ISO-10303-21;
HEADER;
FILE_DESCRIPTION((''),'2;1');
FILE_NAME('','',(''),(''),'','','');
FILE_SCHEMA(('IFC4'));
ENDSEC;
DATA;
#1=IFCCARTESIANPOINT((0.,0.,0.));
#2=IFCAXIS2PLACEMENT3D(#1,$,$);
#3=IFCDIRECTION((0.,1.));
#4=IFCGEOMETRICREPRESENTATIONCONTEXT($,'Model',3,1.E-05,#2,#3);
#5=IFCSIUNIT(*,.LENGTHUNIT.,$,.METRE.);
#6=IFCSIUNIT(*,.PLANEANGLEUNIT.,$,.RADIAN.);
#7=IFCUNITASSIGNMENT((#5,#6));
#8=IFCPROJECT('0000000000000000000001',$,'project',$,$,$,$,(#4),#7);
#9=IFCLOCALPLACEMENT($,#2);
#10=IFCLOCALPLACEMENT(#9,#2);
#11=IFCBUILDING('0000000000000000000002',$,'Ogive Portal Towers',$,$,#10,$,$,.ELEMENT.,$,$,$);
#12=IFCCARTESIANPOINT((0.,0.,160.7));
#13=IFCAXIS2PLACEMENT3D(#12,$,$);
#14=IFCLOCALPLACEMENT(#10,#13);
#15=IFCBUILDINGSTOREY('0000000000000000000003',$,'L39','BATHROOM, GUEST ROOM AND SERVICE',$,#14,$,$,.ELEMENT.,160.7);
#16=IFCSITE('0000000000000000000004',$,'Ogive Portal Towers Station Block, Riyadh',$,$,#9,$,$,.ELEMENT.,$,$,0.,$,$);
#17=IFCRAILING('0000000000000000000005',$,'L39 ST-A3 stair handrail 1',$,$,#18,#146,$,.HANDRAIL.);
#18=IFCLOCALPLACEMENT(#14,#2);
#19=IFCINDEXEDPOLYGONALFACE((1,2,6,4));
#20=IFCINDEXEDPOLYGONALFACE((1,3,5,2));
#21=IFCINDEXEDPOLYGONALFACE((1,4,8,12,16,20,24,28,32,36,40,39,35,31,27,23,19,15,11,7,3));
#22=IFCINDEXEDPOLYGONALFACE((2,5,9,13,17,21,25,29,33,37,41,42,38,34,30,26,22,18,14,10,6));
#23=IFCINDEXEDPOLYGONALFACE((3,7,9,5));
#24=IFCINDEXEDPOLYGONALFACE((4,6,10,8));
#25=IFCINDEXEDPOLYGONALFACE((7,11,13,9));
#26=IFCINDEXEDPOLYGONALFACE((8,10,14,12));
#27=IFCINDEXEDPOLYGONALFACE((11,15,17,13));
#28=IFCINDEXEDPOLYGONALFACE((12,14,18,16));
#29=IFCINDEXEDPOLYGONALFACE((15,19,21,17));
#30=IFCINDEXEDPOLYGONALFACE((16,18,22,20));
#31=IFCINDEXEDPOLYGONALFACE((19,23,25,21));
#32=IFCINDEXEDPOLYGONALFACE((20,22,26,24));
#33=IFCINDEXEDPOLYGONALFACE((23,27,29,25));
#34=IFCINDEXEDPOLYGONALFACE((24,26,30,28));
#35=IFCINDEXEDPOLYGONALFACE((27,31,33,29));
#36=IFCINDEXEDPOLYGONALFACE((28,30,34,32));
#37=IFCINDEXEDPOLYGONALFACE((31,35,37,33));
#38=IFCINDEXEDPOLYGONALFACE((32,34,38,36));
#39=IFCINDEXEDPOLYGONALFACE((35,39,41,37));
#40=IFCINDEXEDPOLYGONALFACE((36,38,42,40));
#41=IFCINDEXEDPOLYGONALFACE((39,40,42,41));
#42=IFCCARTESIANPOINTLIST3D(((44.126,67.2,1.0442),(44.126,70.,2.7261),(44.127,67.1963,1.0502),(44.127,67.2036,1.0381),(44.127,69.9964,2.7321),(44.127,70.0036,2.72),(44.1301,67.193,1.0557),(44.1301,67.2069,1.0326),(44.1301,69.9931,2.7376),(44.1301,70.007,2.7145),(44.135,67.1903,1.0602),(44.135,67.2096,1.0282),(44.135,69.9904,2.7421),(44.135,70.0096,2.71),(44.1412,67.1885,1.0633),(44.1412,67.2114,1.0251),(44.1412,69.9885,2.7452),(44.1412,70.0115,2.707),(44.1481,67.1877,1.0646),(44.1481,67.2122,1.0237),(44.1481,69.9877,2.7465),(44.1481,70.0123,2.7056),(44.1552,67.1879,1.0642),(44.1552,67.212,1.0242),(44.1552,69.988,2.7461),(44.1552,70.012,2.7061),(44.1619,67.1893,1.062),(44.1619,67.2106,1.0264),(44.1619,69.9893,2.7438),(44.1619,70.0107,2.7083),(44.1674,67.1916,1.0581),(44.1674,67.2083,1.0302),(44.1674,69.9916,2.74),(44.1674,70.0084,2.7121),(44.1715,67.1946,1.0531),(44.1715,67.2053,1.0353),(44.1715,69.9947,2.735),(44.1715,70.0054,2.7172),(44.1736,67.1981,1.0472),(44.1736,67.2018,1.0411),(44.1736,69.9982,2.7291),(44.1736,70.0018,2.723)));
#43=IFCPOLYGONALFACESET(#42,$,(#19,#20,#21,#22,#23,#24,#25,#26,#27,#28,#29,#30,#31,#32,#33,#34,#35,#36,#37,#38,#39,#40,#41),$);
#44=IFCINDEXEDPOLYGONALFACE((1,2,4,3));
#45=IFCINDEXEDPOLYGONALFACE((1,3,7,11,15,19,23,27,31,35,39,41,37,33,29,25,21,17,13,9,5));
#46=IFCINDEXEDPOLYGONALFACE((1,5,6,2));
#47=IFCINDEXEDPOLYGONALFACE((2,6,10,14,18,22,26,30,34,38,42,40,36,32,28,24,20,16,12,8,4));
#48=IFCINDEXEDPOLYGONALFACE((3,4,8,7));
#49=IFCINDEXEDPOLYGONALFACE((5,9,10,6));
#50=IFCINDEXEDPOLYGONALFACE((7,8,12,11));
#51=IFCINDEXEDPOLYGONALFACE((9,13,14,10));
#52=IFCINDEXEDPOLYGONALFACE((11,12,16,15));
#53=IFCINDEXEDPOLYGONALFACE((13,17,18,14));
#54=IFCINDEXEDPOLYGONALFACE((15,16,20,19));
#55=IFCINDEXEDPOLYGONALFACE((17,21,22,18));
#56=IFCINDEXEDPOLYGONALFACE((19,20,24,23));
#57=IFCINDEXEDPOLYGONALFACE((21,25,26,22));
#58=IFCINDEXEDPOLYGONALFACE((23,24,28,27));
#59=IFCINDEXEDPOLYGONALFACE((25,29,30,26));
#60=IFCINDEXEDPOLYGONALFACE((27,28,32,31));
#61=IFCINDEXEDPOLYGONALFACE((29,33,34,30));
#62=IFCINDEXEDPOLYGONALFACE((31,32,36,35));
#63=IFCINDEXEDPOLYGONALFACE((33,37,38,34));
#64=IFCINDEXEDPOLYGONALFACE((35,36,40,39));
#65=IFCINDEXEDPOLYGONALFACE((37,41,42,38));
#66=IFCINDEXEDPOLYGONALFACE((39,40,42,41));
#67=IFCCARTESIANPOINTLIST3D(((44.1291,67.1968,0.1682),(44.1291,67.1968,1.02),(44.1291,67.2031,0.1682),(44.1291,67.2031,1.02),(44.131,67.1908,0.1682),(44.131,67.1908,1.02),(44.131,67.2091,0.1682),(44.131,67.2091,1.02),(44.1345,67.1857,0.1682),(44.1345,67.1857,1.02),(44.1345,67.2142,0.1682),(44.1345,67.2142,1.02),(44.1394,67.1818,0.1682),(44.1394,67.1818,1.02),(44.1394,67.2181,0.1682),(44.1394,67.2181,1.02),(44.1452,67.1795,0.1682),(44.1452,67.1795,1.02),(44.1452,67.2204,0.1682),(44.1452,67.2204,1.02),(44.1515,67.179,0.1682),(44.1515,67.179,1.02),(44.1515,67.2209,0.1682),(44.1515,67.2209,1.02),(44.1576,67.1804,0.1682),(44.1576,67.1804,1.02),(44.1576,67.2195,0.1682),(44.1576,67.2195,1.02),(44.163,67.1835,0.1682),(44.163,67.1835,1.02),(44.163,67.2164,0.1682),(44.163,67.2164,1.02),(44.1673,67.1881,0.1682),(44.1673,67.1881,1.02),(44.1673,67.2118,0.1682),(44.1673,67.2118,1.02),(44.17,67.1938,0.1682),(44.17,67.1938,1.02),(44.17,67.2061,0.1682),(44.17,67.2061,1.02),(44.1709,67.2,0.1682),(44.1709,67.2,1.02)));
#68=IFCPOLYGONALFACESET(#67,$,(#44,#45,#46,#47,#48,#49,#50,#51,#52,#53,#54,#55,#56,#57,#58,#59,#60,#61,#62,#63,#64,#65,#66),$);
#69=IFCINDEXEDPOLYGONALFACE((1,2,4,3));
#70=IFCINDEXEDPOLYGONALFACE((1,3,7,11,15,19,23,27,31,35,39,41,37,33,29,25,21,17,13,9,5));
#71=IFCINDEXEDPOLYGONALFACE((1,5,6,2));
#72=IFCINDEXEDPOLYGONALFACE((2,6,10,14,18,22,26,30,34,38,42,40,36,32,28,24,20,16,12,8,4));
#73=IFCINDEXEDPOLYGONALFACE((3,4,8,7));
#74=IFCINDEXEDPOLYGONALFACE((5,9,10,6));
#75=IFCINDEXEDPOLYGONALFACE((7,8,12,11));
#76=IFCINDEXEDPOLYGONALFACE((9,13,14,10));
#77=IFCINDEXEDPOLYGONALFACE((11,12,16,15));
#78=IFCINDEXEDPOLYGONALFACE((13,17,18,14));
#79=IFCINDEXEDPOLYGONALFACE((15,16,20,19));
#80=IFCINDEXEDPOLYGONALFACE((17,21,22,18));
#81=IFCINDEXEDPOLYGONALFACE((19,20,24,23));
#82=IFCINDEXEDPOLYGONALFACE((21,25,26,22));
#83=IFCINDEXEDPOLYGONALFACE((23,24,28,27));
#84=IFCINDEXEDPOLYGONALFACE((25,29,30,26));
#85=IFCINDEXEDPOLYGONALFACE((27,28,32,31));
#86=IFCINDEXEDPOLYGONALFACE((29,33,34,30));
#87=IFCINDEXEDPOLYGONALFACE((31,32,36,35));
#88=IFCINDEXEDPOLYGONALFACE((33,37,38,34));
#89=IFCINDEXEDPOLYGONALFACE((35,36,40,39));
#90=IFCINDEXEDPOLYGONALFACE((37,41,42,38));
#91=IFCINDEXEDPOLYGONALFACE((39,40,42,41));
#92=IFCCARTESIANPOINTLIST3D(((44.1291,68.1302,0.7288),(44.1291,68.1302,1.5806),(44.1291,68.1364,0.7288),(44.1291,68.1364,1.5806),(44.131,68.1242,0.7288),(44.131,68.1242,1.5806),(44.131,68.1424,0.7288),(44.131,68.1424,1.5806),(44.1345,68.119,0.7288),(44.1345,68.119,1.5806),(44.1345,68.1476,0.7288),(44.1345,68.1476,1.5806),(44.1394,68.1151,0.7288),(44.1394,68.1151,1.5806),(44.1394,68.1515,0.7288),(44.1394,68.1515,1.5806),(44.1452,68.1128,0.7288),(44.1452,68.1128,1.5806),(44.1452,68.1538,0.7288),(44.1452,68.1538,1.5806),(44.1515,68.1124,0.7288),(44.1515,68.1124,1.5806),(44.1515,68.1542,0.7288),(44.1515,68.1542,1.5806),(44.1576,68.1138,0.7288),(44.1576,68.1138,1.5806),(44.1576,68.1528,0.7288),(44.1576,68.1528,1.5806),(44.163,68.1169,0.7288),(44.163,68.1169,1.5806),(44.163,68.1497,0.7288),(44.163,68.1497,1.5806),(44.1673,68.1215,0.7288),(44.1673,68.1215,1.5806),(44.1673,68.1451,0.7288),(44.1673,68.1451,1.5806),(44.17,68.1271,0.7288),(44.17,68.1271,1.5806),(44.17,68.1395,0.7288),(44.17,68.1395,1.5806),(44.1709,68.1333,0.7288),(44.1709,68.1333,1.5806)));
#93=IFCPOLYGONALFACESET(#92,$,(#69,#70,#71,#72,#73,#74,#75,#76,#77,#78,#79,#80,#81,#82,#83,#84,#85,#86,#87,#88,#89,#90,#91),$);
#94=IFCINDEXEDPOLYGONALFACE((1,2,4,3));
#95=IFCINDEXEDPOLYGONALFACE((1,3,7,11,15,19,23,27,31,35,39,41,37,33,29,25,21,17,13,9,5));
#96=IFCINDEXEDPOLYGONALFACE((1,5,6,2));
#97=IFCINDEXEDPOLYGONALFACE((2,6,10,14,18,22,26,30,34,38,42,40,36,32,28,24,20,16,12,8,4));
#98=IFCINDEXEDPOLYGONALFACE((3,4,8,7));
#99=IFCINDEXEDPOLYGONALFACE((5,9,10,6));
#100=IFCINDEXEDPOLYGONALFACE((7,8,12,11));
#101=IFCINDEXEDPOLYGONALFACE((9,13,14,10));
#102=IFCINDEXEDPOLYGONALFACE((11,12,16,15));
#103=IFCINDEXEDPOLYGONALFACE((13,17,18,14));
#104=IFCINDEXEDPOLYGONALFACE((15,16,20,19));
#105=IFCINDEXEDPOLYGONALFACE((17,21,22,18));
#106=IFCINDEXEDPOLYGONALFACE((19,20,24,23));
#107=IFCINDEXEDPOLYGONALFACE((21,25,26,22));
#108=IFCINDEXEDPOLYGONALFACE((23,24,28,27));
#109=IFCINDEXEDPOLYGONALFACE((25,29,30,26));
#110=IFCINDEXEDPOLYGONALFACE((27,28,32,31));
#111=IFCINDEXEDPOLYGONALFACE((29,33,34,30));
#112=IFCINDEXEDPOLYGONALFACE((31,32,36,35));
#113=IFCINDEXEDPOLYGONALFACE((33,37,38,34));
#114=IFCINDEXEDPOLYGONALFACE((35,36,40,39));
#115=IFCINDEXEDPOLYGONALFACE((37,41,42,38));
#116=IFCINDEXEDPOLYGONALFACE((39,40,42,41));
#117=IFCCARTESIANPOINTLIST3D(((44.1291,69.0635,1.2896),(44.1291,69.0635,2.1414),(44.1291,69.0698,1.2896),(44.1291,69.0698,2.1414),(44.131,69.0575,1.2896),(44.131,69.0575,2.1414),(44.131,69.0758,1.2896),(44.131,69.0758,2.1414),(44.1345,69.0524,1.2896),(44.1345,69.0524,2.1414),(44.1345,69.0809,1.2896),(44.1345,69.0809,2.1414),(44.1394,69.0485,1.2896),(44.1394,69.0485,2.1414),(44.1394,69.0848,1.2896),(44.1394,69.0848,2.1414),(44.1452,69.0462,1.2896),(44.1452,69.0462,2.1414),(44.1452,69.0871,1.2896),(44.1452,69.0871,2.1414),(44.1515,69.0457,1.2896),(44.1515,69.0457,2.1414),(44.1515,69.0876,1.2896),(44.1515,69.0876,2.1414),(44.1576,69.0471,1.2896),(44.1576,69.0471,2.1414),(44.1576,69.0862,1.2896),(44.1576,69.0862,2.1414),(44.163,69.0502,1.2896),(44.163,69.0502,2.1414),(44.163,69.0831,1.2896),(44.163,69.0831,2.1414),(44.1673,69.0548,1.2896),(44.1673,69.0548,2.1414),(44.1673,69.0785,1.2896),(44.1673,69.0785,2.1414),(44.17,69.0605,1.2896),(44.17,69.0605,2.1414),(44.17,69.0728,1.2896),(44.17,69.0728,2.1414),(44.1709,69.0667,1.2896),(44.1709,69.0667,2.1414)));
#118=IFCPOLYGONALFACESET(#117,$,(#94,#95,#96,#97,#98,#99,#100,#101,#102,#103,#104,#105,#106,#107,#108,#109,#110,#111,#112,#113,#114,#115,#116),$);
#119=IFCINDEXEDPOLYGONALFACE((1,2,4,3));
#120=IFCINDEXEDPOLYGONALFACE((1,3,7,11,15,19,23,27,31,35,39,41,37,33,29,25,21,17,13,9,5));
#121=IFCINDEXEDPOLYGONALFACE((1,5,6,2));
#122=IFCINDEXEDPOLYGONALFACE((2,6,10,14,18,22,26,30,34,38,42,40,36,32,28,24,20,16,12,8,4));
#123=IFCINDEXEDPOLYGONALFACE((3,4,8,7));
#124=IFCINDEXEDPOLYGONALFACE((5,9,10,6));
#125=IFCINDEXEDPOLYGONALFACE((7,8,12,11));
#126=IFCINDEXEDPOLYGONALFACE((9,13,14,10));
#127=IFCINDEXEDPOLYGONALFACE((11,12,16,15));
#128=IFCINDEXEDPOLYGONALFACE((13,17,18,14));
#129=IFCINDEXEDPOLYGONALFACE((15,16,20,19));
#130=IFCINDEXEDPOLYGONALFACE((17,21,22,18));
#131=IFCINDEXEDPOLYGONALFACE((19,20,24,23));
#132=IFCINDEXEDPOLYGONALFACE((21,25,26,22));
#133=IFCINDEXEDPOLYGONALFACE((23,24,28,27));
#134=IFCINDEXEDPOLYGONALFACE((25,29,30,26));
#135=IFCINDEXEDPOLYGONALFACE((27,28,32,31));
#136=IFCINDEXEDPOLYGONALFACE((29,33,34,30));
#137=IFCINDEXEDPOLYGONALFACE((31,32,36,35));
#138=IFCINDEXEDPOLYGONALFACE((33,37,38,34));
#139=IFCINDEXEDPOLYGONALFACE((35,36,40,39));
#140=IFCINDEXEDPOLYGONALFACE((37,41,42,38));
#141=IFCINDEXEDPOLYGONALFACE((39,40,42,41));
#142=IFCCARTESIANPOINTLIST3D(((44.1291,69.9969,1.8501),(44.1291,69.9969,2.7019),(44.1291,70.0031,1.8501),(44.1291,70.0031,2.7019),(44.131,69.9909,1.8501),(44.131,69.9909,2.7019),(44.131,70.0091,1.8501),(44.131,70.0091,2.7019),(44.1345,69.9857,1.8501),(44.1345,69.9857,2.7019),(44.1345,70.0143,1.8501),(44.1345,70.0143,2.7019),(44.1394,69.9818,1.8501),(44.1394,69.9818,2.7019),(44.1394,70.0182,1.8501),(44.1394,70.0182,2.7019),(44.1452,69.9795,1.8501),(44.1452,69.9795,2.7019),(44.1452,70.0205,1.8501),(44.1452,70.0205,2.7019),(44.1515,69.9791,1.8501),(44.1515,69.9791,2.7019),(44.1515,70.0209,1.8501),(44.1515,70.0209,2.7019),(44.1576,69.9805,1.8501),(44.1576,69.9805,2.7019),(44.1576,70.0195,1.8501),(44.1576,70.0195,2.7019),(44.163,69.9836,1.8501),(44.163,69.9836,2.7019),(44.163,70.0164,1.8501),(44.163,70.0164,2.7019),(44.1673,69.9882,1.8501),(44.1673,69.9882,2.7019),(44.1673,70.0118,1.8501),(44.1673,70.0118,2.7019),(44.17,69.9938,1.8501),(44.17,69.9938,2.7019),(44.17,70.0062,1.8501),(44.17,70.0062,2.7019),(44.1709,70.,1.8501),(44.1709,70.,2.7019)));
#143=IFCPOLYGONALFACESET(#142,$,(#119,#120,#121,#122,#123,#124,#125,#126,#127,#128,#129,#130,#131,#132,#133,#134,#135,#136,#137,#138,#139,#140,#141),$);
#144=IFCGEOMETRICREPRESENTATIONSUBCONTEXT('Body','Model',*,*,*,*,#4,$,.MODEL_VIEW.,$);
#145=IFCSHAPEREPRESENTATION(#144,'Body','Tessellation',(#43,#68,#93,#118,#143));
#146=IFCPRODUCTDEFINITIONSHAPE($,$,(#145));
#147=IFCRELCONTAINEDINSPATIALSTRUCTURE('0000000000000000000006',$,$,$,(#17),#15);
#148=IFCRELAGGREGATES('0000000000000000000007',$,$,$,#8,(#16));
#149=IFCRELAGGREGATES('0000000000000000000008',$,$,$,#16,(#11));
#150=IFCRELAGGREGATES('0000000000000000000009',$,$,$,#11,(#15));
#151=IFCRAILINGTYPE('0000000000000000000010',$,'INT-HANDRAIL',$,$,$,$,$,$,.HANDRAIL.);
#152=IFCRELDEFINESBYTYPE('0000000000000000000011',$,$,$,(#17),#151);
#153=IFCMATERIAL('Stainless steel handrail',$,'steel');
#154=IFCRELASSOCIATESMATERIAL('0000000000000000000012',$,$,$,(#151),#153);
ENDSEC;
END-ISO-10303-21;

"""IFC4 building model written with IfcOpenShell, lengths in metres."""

from ifc_helpers import new_model, si_unit, direction, frame, origin, origin_2d, place, context, subcontext, project, spatial, circle, extrude, material, type_object, element, save


model = new_model("IFC4")

# Units and contexts
model_context = context("Model", 3, precision=1e-05, world=origin(), true_north=direction((0.0, 1.0)))
body_context = subcontext(model_context, "Body", "Model", "MODEL_VIEW")
ifc_project = project(units=[si_unit("LENGTHUNIT", "METRE"), si_unit("PLANEANGLEUNIT", "RADIAN")], contexts=[model_context])

# Site, building, storey
site_placement = place(None, origin())
site = spatial("IfcSite", under=ifc_project, at=site_placement, Name="Ogive Portal Towers Station Block, Riyadh", CompositionType="ELEMENT", RefElevation=0.0)
building_placement = place(site_placement, origin())
building = spatial("IfcBuilding", under=site, at=building_placement, Name="Ogive Portal Towers", CompositionType="ELEMENT")
storey_placement = place(building_placement, frame((0.0, 0.0, 160.7)))
storey = spatial("IfcBuildingStorey", under=building, at=storey_placement, Name="L39", Description="BATHROOM, GUEST ROOM AND SERVICE", CompositionType="ELEMENT", Elevation=160.7)

# Railing
ifc_material_1 = material(Name="Stainless steel handrail", Category="steel")
railing_type_1 = type_object("IfcRailingType", Name="INT-HANDRAIL", PredefinedType="HANDRAIL", material=ifc_material_1)
railing_1_placement = place(storey_placement, frame((44.1499, 67.2, 0.1682)))
element("IfcRailing", 1, at=railing_1_placement, inside=storey, type_object=railing_type_1, Name="L39 ST-A3 stair handrail 1", PredefinedType="HANDRAIL", context=body_context, shape_type="SweptSolid", body=[
    extrude(circle(Radius=0.0239, at=origin_2d()), frame((0.0, 0.0, 0.876), z_axis=(0.0, 0.857242, 0.514913), x_axis=(-1.0, 0.0, 0.0)), (0.0, 0.0, 1.0), 3.2664),
    extrude(circle(Radius=0.021, at=origin_2d()), origin(), (0.0, 0.0, 1.0), 0.8518),
    extrude(circle(Radius=0.021, at=origin_2d()), frame((0.0, 0.9333, 0.5605)), (0.0, 0.0, 1.0), 0.8518),
    extrude(circle(Radius=0.021, at=origin_2d()), frame((0.0, 1.8667, 1.1213)), (0.0, 0.0, 1.0), 0.8518),
    extrude(circle(Radius=0.021, at=origin_2d()), frame((0.0, 2.8, 1.6819)), (0.0, 0.0, 1.0), 0.8518),
])

save(model, "model.ifc")
